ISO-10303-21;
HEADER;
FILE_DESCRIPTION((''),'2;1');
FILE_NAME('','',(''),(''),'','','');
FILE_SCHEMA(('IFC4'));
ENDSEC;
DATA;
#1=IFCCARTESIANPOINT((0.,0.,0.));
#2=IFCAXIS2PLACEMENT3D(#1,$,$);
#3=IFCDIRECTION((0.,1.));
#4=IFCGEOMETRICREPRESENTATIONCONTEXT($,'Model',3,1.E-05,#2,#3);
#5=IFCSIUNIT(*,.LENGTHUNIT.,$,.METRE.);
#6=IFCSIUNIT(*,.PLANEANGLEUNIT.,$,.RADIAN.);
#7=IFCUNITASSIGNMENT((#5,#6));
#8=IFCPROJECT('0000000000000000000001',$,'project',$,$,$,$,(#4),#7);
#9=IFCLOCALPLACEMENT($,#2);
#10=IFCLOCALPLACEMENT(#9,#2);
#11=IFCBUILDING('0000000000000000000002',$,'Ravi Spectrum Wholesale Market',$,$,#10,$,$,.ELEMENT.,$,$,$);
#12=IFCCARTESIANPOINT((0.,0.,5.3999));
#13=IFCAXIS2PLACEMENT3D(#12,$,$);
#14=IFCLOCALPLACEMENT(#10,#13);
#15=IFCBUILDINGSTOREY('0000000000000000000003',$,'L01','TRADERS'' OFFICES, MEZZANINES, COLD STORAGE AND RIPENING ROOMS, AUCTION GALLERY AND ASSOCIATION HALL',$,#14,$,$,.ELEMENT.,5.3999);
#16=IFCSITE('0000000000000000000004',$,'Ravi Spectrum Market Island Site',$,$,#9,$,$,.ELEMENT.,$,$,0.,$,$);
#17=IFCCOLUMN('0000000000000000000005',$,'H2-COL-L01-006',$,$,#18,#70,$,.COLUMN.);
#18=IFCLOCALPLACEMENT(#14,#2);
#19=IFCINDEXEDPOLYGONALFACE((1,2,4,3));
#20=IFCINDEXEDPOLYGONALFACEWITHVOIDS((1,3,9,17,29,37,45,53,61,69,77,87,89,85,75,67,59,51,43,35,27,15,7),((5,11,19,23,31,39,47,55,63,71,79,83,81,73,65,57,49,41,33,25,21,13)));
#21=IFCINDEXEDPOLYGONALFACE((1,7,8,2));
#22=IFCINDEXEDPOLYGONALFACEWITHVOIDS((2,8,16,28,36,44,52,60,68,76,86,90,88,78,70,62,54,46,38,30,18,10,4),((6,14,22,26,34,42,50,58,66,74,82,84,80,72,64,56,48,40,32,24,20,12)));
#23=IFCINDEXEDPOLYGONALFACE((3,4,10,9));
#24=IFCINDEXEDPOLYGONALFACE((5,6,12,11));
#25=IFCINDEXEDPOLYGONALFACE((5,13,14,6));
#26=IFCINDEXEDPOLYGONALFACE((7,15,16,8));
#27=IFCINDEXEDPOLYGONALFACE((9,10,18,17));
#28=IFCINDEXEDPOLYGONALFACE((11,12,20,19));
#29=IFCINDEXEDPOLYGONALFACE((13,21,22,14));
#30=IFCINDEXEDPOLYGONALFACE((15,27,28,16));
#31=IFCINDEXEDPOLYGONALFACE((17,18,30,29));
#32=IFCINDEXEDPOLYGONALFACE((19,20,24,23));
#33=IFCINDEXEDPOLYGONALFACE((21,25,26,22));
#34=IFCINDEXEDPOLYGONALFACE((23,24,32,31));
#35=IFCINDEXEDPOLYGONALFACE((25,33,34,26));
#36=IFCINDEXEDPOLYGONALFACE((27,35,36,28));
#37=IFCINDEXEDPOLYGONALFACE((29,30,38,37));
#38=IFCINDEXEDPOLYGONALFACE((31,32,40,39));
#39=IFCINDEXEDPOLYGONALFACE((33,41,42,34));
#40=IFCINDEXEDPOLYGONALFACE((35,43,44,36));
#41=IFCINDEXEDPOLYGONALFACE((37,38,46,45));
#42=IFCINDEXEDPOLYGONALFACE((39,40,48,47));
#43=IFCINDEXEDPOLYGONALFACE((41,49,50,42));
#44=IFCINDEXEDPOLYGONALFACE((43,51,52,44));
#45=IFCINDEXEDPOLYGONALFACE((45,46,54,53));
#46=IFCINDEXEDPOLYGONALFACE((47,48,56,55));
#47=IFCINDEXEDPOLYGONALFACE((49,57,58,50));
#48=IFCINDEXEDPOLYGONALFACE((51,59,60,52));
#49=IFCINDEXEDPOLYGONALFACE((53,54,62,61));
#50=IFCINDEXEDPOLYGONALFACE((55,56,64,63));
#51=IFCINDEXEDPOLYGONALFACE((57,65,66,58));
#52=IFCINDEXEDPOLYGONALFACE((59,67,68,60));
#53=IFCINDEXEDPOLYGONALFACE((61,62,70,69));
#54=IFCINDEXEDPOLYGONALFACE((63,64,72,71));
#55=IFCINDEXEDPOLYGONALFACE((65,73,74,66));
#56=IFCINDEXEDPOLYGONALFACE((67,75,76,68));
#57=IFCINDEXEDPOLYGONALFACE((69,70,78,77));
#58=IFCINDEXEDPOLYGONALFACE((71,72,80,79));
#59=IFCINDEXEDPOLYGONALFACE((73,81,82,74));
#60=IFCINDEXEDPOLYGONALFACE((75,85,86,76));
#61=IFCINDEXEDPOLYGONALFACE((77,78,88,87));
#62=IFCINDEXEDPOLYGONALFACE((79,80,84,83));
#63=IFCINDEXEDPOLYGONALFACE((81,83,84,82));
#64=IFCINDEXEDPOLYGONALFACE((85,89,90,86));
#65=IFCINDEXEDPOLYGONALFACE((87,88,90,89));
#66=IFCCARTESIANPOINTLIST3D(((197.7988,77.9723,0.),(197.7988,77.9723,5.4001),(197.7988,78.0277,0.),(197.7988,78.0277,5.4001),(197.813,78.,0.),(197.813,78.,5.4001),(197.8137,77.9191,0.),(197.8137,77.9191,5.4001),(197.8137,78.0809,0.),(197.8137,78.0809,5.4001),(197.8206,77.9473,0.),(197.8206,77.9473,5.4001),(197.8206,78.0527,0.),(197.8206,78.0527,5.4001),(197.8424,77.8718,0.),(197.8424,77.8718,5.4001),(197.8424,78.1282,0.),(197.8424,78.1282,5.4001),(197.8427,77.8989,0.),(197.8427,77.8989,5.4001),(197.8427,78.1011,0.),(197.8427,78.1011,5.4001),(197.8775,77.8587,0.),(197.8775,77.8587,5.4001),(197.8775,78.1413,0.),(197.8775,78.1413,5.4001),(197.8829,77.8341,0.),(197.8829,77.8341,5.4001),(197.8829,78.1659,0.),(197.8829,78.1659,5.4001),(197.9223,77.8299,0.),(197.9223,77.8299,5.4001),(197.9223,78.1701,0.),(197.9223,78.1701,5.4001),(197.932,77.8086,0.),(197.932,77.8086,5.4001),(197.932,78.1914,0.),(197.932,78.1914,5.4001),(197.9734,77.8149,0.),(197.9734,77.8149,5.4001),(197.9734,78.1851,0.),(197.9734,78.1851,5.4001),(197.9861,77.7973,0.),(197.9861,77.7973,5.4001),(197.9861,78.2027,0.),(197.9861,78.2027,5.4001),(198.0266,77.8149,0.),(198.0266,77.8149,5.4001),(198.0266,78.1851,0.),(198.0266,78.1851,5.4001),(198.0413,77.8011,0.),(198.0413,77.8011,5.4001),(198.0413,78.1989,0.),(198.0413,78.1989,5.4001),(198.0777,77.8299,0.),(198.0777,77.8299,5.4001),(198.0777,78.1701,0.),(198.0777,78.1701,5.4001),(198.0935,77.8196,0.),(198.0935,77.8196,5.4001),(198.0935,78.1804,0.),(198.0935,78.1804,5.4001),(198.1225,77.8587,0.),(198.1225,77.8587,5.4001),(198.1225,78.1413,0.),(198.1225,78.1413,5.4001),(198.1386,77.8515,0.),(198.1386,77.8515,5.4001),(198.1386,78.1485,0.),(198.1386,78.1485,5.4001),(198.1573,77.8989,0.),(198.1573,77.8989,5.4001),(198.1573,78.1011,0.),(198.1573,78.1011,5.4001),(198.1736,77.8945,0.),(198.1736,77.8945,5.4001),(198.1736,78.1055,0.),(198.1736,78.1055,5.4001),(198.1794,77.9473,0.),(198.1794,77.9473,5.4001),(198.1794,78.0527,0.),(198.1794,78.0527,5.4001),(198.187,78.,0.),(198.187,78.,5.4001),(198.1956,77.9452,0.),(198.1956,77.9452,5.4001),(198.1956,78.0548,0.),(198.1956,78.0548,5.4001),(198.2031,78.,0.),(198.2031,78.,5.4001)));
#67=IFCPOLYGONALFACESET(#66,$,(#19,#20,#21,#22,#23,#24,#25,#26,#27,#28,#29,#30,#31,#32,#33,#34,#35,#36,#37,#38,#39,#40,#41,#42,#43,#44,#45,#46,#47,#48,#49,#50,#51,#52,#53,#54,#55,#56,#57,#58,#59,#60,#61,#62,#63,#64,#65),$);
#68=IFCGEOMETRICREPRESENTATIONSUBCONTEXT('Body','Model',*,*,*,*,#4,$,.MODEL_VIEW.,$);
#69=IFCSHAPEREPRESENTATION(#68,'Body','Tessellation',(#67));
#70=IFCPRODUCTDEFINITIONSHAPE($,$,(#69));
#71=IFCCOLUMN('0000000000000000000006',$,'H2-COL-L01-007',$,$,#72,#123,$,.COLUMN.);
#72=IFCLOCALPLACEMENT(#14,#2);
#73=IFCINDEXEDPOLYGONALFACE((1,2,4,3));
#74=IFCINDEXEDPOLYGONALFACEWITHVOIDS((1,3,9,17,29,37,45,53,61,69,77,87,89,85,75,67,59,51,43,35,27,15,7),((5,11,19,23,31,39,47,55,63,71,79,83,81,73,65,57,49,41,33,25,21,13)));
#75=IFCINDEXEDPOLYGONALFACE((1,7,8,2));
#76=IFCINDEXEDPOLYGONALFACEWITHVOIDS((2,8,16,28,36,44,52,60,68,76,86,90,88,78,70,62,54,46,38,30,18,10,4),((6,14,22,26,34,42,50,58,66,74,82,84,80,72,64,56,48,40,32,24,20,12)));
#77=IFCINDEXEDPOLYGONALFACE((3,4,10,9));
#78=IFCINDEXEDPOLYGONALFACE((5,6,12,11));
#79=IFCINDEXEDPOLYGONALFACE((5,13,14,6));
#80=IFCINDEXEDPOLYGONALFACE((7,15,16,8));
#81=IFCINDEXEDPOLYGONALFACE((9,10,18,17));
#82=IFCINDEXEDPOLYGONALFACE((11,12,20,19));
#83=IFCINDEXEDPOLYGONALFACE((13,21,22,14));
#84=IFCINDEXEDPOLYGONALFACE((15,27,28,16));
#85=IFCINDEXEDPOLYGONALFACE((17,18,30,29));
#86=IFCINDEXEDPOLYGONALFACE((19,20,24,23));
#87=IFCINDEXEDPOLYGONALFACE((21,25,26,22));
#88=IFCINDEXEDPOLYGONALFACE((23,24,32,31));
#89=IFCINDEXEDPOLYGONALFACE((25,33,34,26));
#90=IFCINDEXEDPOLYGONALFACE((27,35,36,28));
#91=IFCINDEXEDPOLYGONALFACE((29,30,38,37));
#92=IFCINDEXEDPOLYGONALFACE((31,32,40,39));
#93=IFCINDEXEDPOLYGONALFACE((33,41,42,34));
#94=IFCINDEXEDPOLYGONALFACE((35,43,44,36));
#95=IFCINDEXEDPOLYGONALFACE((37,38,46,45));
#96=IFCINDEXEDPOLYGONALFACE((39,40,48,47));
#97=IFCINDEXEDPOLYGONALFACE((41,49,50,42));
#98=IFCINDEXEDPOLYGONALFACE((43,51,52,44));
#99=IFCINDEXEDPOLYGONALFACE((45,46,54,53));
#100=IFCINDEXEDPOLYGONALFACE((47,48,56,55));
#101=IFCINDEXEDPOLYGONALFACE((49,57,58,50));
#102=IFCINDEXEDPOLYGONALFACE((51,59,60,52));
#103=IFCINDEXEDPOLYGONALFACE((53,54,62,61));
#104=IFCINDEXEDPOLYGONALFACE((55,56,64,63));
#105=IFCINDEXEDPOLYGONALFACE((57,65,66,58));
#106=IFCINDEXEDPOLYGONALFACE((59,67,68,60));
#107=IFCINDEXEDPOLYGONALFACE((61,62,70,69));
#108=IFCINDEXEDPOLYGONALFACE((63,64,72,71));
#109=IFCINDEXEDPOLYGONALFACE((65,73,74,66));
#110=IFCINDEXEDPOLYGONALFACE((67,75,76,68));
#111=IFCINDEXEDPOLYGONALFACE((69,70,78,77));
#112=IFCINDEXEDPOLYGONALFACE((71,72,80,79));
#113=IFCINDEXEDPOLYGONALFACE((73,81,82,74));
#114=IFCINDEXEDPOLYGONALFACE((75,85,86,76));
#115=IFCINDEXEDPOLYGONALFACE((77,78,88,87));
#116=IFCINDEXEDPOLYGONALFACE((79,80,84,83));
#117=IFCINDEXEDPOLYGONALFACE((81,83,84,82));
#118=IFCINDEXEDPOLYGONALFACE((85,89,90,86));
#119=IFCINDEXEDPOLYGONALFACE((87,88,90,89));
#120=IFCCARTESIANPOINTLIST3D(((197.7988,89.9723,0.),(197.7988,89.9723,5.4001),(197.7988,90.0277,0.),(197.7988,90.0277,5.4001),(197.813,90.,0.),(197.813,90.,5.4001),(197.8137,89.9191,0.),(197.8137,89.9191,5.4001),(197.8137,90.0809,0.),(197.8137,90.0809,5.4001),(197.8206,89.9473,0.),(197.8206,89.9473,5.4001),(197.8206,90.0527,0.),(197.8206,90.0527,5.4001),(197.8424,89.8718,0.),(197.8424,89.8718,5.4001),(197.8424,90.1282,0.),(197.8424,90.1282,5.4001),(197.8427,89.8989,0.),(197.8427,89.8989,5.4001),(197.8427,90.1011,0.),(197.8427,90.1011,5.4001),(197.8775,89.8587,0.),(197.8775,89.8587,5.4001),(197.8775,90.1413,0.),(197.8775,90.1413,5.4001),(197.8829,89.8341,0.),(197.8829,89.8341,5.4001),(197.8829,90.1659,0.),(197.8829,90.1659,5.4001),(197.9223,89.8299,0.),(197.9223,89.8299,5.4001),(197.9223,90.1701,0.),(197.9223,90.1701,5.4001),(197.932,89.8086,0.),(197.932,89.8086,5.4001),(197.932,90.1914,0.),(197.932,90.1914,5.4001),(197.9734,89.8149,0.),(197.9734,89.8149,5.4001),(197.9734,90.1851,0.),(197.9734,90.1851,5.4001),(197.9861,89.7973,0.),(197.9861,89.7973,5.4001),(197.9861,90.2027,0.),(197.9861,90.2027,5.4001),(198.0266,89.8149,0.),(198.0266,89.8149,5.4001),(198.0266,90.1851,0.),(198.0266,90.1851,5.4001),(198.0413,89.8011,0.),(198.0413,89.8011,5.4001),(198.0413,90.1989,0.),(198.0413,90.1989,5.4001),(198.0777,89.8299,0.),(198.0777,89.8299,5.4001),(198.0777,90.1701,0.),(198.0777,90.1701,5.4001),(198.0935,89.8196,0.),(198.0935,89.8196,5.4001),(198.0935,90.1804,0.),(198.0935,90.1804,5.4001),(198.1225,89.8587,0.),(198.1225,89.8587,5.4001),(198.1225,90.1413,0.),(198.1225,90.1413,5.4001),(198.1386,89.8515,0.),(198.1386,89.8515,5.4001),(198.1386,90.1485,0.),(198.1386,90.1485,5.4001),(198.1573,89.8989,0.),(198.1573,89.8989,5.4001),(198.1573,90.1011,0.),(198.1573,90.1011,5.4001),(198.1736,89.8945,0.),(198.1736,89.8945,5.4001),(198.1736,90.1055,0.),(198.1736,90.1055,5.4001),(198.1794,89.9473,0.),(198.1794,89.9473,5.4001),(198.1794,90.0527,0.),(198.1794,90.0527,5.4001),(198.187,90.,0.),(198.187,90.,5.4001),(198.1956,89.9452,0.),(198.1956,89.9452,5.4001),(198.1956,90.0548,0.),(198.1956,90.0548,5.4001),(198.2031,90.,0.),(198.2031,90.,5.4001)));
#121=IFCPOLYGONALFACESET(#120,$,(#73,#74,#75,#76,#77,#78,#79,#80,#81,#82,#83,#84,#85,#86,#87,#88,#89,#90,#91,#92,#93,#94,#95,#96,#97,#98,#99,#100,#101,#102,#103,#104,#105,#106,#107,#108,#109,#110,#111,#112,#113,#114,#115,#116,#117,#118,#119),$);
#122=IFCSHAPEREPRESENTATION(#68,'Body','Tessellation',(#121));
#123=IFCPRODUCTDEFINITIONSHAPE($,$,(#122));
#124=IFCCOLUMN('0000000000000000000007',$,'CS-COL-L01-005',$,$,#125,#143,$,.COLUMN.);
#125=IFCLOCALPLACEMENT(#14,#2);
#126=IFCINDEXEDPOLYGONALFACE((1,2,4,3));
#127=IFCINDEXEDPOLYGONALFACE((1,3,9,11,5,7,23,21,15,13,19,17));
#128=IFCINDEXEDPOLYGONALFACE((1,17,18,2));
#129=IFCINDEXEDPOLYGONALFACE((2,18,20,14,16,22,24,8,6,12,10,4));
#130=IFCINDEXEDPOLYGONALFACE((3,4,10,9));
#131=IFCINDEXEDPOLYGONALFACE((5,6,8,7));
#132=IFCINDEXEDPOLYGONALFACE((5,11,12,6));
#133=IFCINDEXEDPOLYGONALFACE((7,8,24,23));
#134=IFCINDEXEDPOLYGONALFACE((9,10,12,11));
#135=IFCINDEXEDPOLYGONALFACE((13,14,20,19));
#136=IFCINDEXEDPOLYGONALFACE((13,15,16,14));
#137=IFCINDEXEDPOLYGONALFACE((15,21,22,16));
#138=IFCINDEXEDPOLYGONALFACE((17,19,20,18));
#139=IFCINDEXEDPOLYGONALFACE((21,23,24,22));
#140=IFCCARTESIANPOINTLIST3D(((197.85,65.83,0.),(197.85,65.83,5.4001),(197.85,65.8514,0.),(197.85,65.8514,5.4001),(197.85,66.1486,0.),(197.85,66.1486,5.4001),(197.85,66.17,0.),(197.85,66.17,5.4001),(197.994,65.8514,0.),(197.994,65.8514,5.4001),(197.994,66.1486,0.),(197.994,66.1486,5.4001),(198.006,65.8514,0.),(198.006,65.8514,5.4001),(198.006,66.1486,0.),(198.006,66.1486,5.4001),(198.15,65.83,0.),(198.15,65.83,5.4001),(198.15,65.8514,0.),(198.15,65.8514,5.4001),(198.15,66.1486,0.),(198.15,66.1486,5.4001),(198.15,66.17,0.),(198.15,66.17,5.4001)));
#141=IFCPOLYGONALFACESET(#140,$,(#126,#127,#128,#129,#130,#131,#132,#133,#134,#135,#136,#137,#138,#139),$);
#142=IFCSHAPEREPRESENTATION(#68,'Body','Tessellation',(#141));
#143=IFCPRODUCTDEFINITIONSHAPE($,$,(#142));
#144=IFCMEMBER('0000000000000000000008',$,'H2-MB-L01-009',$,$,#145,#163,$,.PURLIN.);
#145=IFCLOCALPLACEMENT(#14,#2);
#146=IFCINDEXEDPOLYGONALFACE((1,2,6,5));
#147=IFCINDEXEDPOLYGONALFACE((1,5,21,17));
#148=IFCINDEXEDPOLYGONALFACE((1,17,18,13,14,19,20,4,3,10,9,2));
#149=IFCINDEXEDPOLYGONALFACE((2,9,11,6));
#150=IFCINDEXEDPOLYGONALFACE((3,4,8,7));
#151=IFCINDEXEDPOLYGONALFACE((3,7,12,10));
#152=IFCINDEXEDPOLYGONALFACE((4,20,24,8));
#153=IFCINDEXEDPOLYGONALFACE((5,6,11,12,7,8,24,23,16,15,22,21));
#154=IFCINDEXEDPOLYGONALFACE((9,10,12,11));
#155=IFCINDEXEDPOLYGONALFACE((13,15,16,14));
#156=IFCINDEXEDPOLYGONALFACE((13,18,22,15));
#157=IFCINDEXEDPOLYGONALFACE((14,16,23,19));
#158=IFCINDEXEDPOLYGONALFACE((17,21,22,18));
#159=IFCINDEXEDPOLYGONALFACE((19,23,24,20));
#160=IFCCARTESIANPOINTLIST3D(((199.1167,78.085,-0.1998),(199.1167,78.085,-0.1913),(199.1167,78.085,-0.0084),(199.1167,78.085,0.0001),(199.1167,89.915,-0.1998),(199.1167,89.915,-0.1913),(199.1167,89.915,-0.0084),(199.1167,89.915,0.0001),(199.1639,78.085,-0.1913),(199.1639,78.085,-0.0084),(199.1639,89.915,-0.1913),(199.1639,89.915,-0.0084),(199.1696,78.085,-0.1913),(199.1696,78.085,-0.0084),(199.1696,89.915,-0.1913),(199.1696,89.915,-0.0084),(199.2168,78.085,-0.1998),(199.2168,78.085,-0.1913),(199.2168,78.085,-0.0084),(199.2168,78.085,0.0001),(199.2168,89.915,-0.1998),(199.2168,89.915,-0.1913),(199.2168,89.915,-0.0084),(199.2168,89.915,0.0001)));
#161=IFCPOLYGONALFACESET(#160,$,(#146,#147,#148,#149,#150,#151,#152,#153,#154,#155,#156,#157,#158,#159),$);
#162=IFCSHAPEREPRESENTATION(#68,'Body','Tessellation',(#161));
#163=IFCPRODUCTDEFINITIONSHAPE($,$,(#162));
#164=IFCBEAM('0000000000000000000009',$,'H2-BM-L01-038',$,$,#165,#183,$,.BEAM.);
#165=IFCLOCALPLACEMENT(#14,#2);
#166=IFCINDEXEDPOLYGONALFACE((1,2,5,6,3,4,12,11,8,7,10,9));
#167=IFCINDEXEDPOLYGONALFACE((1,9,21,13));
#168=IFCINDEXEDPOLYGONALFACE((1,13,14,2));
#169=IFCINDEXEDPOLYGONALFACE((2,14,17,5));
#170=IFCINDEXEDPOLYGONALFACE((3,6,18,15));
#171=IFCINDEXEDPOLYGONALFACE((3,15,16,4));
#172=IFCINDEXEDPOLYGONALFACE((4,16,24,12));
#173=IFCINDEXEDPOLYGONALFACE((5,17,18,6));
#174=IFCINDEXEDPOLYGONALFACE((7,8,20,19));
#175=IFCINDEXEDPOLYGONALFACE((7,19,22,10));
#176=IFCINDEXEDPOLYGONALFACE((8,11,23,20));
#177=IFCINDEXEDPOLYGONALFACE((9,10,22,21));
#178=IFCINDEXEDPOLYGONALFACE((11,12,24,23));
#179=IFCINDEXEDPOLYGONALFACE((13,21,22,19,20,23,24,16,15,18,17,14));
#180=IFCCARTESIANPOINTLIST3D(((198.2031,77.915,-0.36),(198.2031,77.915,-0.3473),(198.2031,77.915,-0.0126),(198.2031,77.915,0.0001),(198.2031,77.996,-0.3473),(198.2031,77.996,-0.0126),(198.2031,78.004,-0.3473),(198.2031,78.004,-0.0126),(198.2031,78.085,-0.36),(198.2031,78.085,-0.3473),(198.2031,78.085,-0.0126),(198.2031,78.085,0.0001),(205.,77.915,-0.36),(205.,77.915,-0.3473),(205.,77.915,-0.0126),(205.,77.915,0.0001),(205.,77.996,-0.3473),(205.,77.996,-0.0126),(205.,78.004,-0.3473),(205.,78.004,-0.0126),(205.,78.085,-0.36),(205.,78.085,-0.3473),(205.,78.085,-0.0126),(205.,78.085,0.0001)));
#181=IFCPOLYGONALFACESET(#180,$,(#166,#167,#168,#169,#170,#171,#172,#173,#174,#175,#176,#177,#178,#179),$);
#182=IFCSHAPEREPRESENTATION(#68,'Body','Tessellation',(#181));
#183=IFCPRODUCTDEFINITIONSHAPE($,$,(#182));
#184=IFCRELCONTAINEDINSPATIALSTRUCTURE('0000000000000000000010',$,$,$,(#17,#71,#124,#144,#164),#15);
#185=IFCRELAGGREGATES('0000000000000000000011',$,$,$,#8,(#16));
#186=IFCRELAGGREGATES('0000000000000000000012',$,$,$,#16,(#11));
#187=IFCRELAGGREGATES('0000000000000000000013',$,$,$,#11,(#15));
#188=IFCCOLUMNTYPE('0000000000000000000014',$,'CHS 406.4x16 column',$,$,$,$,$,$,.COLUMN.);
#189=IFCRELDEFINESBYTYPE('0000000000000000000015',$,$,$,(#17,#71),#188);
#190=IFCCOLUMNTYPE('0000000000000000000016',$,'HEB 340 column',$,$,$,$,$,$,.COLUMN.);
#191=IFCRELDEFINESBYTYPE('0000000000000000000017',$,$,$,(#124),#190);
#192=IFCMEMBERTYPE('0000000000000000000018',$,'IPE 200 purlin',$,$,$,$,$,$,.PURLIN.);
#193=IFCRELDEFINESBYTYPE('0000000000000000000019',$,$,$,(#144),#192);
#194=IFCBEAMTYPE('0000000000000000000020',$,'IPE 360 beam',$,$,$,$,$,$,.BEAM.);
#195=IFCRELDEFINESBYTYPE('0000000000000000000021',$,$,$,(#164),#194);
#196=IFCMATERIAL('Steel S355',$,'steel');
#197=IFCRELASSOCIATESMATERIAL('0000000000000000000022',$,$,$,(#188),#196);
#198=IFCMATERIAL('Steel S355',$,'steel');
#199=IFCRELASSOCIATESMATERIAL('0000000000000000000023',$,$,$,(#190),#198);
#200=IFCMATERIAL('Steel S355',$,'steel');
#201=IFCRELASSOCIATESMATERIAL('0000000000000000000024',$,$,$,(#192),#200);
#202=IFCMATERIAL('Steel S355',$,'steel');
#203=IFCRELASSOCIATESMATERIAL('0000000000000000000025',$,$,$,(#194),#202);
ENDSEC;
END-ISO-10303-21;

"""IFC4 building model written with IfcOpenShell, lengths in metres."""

from ifc_helpers import new_model, si_unit, direction, frame, origin, origin_2d, place, context, subcontext, project, spatial, hollow_circle, i_section, extrude, material, material_profile, profile_set, type_object, element, save


model = new_model("IFC4")

# Units and contexts
model_context = context("Model", 3, precision=1e-05, world=origin(), true_north=direction((0.0, 1.0)))
body_context = subcontext(model_context, "Body", "Model", "MODEL_VIEW")
ifc_project = project(units=[si_unit("LENGTHUNIT", "METRE"), si_unit("PLANEANGLEUNIT", "RADIAN")], contexts=[model_context])

# Site, building, storey
site_placement = place(None, origin())
site = spatial("IfcSite", under=ifc_project, at=site_placement, Name="Ravi Spectrum Market Island Site", CompositionType="ELEMENT", RefElevation=0.0)
building_placement = place(site_placement, origin())
building = spatial("IfcBuilding", under=site, at=building_placement, Name="Ravi Spectrum Wholesale Market", CompositionType="ELEMENT")
storey_placement = place(building_placement, frame((0.0, 0.0, 5.3999)))
storey = spatial("IfcBuildingStorey", under=building, at=storey_placement, Name="L01", Description="TRADERS' OFFICES, MEZZANINES, COLD STORAGE AND RIPENING ROOMS, AUCTION GALLERY AND ASSOCIATION HALL", CompositionType="ELEMENT", Elevation=5.3999)

# Columns
ifc_material_1 = material(Name="Steel S355", Category="steel")
ifc_material_profile_1 = material_profile(ifc_material_1, hollow_circle(Radius=0.2031, WallThickness=0.0161, at=origin_2d()))
ifc_profile_set_1 = profile_set([ifc_material_profile_1], Name="Steel S355")
column_type_1 = type_object("IfcColumnType", Name="CHS 406.4x16 column", PredefinedType="COLUMN", material=ifc_profile_set_1)
for number, where, z_axis, x_axis, name in (
    (1, (198.0, 78.0, 0.0), (0.0, 0.0, 1.0), (1.0, 0.0, 0.0), "H2-COL-L01-006"),
    (2, (198.0, 90.0, 0.0), (0.0, 0.0, 1.0), (1.0, 0.0, 0.0), "H2-COL-L01-007"),
):
    element("IfcColumn", number, at=place(storey_placement, frame(where, z_axis=z_axis, x_axis=x_axis)), inside=storey, type_object=column_type_1, Name=name, PredefinedType="COLUMN", context=body_context, shape_type="SweptSolid", body=[
        extrude(hollow_circle(Radius=0.2031, WallThickness=0.0161, at=origin_2d()), origin(), (0.0, 0.0, 1.0), 5.4001),
    ])
ifc_material_2 = material(Name="Steel S355", Category="steel")
ifc_material_profile_2 = material_profile(ifc_material_2, i_section(OverallWidth=0.3, OverallDepth=0.3401, WebThickness=0.012, FlangeThickness=0.0215, at=origin_2d()))
ifc_profile_set_2 = profile_set([ifc_material_profile_2], Name="Steel S355")
column_type_2 = type_object("IfcColumnType", Name="HEB 340 column", PredefinedType="COLUMN", material=ifc_profile_set_2)
column_placement = place(storey_placement, frame((198.0, 66.0, 0.0), z_axis=(0.0, 0.0, 1.0), x_axis=(1.0, 0.0, 0.0)))
element("IfcColumn", 3, at=column_placement, inside=storey, type_object=column_type_2, Name="CS-COL-L01-005", PredefinedType="COLUMN", context=body_context, shape_type="SweptSolid", body=[
    extrude(i_section(OverallWidth=0.3, OverallDepth=0.3401, WebThickness=0.012, FlangeThickness=0.0215, at=origin_2d()), origin(), (0.0, 0.0, 1.0), 5.4001),
])

# Member
ifc_material_3 = material(Name="Steel S355", Category="steel")
ifc_material_profile_3 = material_profile(ifc_material_3, i_section(OverallWidth=0.1001, OverallDepth=0.2, WebThickness=0.0056, FlangeThickness=0.0085, at=origin_2d()))
ifc_profile_set_3 = profile_set([ifc_material_profile_3], Name="Steel S355")
member_type_1 = type_object("IfcMemberType", Name="IPE 200 purlin", PredefinedType="PURLIN", material=ifc_profile_set_3)
member_placement = place(storey_placement, frame((199.1667, 78.085, -0.0999), z_axis=(0.0, 1.0, 0.0), x_axis=(-1.0, 0.0, 0.0)))
element("IfcMember", 4, at=member_placement, inside=storey, type_object=member_type_1, Name="H2-MB-L01-009", PredefinedType="PURLIN", context=body_context, shape_type="SweptSolid", body=[
    extrude(i_section(OverallWidth=0.1001, OverallDepth=0.2, WebThickness=0.0056, FlangeThickness=0.0085, at=origin_2d()), origin(), (0.0, 0.0, 1.0), 11.8301),
])

# Beam
ifc_material_4 = material(Name="Steel S355", Category="steel")
ifc_material_profile_4 = material_profile(ifc_material_4, i_section(OverallWidth=0.1699, OverallDepth=0.3601, WebThickness=0.0081, FlangeThickness=0.0127, at=origin_2d()))
ifc_profile_set_4 = profile_set([ifc_material_profile_4], Name="Steel S355")
beam_type_1 = type_object("IfcBeamType", Name="IPE 360 beam", PredefinedType="BEAM", material=ifc_profile_set_4)
for number, where, z_axis, x_axis, name in (
    (5, (198.2031, 78.0, -0.1799), (1.0, 0.0, 0.0), (0.0, 1.0, 0.0), "H2-BM-L01-038"),
):
    element("IfcBeam", number, at=place(storey_placement, frame(where, z_axis=z_axis, x_axis=x_axis)), inside=storey, type_object=beam_type_1, Name=name, PredefinedType="BEAM", context=body_context, shape_type="SweptSolid", body=[
        extrude(i_section(OverallWidth=0.1699, OverallDepth=0.3601, WebThickness=0.0081, FlangeThickness=0.0127, at=origin_2d()), origin(), (0.0, 0.0, 1.0), 6.7969),
    ])

save(model, "model.ifc")
